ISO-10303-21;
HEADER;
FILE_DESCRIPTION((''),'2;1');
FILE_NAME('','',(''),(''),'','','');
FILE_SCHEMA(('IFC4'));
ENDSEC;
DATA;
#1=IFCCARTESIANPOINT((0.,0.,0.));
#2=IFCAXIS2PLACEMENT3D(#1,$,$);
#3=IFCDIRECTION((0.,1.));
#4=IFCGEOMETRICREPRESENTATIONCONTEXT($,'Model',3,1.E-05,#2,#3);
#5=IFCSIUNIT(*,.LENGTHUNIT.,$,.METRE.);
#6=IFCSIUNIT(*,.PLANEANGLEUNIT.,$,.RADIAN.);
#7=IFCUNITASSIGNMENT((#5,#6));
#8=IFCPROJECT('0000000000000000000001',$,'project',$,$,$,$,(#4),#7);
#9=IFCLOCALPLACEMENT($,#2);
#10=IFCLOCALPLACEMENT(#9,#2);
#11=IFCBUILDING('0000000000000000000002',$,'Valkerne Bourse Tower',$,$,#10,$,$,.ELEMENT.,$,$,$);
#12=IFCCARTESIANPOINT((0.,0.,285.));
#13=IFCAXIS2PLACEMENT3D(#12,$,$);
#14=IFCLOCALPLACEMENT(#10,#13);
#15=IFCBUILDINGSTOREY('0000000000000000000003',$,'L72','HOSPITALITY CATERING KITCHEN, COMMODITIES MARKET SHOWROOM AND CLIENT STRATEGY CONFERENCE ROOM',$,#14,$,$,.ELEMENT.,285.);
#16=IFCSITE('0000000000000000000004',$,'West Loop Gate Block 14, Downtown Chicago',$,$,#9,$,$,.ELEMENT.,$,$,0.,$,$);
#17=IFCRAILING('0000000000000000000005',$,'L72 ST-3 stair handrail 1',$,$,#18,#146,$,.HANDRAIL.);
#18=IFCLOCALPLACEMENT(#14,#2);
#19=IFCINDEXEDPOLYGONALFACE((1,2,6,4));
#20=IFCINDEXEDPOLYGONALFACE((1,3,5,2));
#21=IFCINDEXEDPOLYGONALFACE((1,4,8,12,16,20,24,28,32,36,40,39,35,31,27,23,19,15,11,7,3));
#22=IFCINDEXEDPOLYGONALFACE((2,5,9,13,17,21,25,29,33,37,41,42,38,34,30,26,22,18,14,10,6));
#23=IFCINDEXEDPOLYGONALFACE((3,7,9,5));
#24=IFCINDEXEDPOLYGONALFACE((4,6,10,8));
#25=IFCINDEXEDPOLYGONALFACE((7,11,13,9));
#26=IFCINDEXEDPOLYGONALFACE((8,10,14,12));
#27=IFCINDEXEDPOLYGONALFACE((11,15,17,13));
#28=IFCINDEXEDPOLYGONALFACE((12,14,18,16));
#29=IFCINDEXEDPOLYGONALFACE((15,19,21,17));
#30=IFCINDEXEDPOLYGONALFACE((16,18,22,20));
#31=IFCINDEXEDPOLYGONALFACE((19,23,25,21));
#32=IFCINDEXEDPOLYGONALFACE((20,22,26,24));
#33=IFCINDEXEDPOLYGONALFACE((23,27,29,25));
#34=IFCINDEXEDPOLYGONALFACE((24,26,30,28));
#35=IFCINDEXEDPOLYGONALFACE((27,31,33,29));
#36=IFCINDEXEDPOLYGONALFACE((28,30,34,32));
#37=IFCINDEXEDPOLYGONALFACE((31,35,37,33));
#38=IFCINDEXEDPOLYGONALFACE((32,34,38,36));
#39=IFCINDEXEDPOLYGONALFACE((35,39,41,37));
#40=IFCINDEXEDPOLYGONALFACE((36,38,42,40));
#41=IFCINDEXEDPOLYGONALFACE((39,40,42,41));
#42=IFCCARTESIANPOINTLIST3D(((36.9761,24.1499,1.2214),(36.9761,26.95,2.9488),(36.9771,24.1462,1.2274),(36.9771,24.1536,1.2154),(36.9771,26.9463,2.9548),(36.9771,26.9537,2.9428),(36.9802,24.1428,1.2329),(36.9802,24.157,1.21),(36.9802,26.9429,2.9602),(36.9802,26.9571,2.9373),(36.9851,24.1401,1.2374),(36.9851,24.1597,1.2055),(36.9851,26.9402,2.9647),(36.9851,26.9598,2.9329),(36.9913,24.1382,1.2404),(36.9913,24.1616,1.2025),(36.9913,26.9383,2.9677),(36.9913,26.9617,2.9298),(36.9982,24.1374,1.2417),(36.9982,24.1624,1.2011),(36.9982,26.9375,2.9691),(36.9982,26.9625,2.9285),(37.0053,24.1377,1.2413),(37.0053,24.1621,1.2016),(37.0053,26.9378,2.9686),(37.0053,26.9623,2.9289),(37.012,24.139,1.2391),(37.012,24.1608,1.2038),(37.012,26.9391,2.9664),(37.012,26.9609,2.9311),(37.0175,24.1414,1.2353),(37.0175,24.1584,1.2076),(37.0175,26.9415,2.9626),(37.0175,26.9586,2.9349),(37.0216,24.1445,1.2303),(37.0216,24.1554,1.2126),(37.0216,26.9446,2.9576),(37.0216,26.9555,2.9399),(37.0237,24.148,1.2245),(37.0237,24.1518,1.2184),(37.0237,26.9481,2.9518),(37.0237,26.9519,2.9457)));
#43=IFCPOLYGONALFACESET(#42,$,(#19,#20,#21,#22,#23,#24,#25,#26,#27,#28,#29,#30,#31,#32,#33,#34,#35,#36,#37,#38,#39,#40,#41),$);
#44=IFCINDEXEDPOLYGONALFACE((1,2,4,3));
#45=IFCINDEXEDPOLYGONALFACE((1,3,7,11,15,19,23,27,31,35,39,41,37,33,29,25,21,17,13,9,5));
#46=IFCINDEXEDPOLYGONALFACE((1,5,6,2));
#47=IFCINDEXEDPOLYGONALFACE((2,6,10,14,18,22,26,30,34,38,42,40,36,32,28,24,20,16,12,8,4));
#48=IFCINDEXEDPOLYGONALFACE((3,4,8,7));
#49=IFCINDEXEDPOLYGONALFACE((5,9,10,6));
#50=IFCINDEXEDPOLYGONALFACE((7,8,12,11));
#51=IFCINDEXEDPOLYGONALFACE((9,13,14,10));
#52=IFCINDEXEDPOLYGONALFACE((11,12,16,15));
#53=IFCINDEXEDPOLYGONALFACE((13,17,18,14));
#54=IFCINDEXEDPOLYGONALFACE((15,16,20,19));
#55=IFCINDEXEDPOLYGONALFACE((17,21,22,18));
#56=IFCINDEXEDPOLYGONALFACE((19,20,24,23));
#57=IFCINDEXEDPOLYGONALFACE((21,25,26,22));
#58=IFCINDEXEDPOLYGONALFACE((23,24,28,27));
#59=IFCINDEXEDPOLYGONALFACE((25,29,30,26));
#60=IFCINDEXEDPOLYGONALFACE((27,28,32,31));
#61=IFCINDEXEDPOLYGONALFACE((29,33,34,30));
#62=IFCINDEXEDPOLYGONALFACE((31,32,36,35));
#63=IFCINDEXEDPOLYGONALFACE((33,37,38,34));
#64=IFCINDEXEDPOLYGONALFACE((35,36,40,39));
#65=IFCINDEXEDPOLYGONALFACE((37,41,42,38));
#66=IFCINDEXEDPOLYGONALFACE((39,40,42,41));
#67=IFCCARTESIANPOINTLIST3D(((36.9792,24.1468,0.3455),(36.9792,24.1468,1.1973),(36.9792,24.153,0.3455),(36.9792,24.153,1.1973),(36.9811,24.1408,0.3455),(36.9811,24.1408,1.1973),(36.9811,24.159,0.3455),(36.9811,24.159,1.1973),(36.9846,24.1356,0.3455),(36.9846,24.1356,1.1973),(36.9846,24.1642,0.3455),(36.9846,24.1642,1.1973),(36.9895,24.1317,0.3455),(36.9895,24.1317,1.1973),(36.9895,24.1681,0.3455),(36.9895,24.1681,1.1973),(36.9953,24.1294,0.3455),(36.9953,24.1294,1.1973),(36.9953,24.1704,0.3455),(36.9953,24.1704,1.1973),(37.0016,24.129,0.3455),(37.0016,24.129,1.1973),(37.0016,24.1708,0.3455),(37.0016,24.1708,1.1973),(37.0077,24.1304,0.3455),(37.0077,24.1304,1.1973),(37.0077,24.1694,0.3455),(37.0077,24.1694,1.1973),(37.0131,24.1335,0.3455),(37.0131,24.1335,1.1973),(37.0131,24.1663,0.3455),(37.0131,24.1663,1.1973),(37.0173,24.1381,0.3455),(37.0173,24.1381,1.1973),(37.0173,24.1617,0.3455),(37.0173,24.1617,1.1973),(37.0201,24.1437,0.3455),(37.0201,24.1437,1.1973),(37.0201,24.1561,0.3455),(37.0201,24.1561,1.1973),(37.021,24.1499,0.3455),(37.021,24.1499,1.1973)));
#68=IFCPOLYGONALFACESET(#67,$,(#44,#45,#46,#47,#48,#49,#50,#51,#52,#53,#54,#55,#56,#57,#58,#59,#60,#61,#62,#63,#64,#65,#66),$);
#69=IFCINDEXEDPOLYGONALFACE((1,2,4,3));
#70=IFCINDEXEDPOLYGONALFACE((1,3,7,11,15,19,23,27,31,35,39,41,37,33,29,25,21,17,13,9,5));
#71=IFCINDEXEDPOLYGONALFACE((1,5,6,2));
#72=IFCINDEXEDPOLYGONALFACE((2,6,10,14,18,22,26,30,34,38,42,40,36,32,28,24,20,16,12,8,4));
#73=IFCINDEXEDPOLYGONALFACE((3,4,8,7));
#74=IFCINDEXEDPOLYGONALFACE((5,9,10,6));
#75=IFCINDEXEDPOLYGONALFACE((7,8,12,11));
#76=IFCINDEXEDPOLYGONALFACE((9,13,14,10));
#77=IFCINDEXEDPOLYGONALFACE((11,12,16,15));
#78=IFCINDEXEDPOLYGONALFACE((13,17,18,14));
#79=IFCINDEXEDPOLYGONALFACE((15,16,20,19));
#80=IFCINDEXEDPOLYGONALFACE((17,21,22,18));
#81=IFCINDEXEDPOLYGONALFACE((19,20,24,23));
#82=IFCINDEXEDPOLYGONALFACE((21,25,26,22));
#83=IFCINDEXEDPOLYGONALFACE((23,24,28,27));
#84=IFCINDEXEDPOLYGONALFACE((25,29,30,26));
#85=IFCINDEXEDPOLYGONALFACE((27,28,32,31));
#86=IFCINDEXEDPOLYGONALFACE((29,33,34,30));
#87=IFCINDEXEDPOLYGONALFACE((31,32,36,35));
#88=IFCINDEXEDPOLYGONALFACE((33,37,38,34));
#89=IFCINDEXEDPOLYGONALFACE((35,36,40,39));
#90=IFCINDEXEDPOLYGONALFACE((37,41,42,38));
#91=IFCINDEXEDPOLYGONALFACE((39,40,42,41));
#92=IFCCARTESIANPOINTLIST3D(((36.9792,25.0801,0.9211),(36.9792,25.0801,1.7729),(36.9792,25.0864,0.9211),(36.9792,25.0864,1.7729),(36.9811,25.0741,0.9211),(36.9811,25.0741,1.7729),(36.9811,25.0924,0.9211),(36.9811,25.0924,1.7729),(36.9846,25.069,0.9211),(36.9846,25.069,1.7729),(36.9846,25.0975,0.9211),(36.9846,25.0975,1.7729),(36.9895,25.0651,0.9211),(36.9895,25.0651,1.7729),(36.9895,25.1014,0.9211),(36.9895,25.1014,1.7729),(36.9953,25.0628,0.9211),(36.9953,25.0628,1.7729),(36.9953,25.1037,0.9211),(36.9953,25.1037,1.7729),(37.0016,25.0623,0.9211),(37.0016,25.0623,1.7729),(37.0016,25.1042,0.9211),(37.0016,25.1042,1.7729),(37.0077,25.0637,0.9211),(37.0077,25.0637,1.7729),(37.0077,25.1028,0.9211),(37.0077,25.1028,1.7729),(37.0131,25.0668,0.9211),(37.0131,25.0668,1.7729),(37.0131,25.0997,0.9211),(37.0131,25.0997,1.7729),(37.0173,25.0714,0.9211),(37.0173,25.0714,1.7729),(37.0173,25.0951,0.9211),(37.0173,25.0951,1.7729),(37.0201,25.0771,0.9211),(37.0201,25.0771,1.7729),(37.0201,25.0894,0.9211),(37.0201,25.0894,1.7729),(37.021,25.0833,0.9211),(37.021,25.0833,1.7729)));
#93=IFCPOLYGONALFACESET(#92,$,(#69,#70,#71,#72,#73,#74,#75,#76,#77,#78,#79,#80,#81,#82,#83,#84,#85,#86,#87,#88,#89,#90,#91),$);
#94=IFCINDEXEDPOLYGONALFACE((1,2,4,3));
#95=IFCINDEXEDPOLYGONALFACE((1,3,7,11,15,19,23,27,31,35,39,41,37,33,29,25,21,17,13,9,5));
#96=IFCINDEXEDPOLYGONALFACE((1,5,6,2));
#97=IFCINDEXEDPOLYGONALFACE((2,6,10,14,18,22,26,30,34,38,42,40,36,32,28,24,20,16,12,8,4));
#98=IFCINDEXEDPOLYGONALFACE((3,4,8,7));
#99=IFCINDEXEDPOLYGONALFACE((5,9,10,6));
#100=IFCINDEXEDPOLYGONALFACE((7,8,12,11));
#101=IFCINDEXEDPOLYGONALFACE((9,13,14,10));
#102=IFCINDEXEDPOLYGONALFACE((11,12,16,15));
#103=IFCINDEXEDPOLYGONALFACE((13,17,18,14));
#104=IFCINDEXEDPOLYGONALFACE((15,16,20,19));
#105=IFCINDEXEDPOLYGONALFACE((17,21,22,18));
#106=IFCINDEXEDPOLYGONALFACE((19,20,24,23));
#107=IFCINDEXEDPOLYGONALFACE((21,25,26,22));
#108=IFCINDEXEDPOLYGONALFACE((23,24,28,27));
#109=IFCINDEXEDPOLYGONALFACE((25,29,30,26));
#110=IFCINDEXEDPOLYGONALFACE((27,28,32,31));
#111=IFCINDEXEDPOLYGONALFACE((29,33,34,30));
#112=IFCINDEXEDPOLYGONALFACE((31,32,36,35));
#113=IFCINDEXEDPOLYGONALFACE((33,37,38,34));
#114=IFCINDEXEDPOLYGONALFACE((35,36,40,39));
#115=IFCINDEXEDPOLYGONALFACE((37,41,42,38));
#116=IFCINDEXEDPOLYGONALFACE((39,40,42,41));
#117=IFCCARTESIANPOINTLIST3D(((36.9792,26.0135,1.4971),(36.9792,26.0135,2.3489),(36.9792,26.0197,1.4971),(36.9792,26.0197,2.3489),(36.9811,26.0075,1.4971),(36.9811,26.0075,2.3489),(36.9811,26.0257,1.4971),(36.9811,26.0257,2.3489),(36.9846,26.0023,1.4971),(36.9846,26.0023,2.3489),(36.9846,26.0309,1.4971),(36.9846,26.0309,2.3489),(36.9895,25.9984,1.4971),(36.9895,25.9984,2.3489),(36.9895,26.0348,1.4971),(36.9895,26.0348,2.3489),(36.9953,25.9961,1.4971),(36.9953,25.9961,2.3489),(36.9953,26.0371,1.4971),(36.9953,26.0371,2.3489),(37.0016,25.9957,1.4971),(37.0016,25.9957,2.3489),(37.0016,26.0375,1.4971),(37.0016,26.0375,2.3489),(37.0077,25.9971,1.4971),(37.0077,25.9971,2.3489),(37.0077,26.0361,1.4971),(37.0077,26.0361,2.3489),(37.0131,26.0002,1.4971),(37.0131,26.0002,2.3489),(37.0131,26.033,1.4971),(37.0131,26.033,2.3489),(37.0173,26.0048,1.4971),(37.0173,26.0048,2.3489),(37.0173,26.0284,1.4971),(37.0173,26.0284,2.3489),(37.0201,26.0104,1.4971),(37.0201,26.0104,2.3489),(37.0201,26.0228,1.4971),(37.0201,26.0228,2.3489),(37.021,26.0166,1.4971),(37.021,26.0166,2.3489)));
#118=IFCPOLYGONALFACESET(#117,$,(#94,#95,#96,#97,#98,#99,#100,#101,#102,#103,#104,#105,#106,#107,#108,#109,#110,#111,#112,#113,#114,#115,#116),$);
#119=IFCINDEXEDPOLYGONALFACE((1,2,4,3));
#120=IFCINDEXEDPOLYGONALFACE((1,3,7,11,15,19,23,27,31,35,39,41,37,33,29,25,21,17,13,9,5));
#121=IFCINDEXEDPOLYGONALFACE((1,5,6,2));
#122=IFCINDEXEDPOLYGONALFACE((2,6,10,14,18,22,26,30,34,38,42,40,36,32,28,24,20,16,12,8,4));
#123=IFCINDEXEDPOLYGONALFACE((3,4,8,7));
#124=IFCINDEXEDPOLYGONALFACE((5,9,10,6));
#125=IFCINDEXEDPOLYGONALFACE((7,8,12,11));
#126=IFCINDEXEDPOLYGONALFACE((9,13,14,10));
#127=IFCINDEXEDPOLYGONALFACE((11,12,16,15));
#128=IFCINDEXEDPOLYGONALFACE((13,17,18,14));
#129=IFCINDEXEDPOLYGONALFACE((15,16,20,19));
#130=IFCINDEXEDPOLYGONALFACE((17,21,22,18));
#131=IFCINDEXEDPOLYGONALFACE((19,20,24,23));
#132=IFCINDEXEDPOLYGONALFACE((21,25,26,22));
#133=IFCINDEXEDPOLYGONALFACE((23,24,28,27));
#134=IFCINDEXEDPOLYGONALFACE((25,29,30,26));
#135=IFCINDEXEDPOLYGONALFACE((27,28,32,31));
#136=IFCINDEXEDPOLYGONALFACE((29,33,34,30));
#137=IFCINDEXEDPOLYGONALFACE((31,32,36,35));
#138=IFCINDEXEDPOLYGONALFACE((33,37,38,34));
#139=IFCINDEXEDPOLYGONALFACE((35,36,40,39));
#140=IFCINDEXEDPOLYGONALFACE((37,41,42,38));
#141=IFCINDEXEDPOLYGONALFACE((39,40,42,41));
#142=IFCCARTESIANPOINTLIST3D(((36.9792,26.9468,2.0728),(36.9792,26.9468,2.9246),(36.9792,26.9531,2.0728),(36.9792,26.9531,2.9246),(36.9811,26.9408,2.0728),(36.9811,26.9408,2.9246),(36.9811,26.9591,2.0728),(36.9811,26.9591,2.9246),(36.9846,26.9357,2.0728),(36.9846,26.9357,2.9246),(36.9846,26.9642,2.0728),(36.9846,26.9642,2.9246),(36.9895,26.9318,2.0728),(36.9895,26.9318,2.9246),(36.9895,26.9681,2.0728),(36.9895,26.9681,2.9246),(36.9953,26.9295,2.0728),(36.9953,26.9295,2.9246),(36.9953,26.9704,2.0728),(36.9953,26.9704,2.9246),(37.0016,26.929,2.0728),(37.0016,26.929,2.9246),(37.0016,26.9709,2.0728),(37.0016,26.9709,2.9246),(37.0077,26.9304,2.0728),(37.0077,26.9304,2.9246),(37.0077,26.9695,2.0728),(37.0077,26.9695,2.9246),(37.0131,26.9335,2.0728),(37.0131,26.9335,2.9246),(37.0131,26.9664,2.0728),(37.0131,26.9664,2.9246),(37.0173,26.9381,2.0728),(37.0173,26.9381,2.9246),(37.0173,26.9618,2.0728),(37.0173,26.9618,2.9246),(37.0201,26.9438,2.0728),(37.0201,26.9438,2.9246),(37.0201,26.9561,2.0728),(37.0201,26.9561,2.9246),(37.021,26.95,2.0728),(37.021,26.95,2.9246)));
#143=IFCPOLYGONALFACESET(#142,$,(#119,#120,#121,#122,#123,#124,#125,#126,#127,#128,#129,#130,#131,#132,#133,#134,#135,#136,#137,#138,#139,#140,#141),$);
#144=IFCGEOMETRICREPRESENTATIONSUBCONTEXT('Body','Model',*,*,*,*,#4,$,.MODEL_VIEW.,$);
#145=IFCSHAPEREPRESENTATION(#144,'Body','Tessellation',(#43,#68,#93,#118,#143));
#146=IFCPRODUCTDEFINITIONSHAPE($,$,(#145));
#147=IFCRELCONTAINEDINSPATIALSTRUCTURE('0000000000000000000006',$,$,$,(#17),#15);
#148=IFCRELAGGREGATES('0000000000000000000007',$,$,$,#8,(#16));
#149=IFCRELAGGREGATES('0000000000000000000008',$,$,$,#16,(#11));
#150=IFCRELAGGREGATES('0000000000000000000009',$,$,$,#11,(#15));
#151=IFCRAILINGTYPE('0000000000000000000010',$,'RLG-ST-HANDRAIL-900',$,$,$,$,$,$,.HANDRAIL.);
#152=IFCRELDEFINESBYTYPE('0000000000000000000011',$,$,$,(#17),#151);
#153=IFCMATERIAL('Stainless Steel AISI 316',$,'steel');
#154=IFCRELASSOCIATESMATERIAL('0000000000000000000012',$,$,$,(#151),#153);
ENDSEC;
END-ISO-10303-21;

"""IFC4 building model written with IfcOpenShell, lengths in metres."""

from ifc_helpers import new_model, si_unit, direction, frame, origin, origin_2d, place, context, subcontext, project, spatial, circle, extrude, material, type_object, element, save


model = new_model("IFC4")

# Units and contexts
model_context = context("Model", 3, precision=1e-05, world=origin(), true_north=direction((0.0, 1.0)))
body_context = subcontext(model_context, "Body", "Model", "MODEL_VIEW")
ifc_project = project(units=[si_unit("LENGTHUNIT", "METRE"), si_unit("PLANEANGLEUNIT", "RADIAN")], contexts=[model_context])

# Site, building, storey
site_placement = place(None, origin())
site = spatial("IfcSite", under=ifc_project, at=site_placement, Name="West Loop Gate Block 14, Downtown Chicago", CompositionType="ELEMENT", RefElevation=0.0)
building_placement = place(site_placement, origin())
building = spatial("IfcBuilding", under=site, at=building_placement, Name="Valkerne Bourse Tower", CompositionType="ELEMENT")
storey_placement = place(building_placement, frame((0.0, 0.0, 285.0)))
storey = spatial("IfcBuildingStorey", under=building, at=storey_placement, Name="L72", Description="HOSPITALITY CATERING KITCHEN, COMMODITIES MARKET SHOWROOM AND CLIENT STRATEGY CONFERENCE ROOM", CompositionType="ELEMENT", Elevation=285.0)

# Shared definitions
ifc_material_1 = material(Name="Stainless Steel AISI 316", Category="steel")

# Railing
railing_type_1 = type_object("IfcRailingType", Name="RLG-ST-HANDRAIL-900", PredefinedType="HANDRAIL", material=ifc_material_1)
railing_1_placement = place(storey_placement, frame((37.0, 24.1499, 0.3455)))
element("IfcRailing", 1, at=railing_1_placement, inside=storey, type_object=railing_type_1, Name="L72 ST-3 stair handrail 1", PredefinedType="HANDRAIL", context=body_context, shape_type="SweptSolid", body=[
    extrude(circle(Radius=0.0239, at=origin_2d()), frame((0.0, 0.0, 0.876), z_axis=(0.0, 0.85109, 0.52502), x_axis=(-1.0, 0.0, 0.0)), (0.0, 0.0, 1.0), 3.29),
    extrude(circle(Radius=0.021, at=origin_2d()), origin(), (0.0, 0.0, 1.0), 0.8518),
    extrude(circle(Radius=0.021, at=origin_2d()), frame((0.0, 0.9333, 0.5757)), (0.0, 0.0, 1.0), 0.8518),
    extrude(circle(Radius=0.021, at=origin_2d()), frame((0.0, 1.8667, 1.1516)), (0.0, 0.0, 1.0), 0.8518),
    extrude(circle(Radius=0.021, at=origin_2d()), frame((0.0, 2.8, 1.7273)), (0.0, 0.0, 1.0), 0.8518),
])

save(model, "model.ifc")
